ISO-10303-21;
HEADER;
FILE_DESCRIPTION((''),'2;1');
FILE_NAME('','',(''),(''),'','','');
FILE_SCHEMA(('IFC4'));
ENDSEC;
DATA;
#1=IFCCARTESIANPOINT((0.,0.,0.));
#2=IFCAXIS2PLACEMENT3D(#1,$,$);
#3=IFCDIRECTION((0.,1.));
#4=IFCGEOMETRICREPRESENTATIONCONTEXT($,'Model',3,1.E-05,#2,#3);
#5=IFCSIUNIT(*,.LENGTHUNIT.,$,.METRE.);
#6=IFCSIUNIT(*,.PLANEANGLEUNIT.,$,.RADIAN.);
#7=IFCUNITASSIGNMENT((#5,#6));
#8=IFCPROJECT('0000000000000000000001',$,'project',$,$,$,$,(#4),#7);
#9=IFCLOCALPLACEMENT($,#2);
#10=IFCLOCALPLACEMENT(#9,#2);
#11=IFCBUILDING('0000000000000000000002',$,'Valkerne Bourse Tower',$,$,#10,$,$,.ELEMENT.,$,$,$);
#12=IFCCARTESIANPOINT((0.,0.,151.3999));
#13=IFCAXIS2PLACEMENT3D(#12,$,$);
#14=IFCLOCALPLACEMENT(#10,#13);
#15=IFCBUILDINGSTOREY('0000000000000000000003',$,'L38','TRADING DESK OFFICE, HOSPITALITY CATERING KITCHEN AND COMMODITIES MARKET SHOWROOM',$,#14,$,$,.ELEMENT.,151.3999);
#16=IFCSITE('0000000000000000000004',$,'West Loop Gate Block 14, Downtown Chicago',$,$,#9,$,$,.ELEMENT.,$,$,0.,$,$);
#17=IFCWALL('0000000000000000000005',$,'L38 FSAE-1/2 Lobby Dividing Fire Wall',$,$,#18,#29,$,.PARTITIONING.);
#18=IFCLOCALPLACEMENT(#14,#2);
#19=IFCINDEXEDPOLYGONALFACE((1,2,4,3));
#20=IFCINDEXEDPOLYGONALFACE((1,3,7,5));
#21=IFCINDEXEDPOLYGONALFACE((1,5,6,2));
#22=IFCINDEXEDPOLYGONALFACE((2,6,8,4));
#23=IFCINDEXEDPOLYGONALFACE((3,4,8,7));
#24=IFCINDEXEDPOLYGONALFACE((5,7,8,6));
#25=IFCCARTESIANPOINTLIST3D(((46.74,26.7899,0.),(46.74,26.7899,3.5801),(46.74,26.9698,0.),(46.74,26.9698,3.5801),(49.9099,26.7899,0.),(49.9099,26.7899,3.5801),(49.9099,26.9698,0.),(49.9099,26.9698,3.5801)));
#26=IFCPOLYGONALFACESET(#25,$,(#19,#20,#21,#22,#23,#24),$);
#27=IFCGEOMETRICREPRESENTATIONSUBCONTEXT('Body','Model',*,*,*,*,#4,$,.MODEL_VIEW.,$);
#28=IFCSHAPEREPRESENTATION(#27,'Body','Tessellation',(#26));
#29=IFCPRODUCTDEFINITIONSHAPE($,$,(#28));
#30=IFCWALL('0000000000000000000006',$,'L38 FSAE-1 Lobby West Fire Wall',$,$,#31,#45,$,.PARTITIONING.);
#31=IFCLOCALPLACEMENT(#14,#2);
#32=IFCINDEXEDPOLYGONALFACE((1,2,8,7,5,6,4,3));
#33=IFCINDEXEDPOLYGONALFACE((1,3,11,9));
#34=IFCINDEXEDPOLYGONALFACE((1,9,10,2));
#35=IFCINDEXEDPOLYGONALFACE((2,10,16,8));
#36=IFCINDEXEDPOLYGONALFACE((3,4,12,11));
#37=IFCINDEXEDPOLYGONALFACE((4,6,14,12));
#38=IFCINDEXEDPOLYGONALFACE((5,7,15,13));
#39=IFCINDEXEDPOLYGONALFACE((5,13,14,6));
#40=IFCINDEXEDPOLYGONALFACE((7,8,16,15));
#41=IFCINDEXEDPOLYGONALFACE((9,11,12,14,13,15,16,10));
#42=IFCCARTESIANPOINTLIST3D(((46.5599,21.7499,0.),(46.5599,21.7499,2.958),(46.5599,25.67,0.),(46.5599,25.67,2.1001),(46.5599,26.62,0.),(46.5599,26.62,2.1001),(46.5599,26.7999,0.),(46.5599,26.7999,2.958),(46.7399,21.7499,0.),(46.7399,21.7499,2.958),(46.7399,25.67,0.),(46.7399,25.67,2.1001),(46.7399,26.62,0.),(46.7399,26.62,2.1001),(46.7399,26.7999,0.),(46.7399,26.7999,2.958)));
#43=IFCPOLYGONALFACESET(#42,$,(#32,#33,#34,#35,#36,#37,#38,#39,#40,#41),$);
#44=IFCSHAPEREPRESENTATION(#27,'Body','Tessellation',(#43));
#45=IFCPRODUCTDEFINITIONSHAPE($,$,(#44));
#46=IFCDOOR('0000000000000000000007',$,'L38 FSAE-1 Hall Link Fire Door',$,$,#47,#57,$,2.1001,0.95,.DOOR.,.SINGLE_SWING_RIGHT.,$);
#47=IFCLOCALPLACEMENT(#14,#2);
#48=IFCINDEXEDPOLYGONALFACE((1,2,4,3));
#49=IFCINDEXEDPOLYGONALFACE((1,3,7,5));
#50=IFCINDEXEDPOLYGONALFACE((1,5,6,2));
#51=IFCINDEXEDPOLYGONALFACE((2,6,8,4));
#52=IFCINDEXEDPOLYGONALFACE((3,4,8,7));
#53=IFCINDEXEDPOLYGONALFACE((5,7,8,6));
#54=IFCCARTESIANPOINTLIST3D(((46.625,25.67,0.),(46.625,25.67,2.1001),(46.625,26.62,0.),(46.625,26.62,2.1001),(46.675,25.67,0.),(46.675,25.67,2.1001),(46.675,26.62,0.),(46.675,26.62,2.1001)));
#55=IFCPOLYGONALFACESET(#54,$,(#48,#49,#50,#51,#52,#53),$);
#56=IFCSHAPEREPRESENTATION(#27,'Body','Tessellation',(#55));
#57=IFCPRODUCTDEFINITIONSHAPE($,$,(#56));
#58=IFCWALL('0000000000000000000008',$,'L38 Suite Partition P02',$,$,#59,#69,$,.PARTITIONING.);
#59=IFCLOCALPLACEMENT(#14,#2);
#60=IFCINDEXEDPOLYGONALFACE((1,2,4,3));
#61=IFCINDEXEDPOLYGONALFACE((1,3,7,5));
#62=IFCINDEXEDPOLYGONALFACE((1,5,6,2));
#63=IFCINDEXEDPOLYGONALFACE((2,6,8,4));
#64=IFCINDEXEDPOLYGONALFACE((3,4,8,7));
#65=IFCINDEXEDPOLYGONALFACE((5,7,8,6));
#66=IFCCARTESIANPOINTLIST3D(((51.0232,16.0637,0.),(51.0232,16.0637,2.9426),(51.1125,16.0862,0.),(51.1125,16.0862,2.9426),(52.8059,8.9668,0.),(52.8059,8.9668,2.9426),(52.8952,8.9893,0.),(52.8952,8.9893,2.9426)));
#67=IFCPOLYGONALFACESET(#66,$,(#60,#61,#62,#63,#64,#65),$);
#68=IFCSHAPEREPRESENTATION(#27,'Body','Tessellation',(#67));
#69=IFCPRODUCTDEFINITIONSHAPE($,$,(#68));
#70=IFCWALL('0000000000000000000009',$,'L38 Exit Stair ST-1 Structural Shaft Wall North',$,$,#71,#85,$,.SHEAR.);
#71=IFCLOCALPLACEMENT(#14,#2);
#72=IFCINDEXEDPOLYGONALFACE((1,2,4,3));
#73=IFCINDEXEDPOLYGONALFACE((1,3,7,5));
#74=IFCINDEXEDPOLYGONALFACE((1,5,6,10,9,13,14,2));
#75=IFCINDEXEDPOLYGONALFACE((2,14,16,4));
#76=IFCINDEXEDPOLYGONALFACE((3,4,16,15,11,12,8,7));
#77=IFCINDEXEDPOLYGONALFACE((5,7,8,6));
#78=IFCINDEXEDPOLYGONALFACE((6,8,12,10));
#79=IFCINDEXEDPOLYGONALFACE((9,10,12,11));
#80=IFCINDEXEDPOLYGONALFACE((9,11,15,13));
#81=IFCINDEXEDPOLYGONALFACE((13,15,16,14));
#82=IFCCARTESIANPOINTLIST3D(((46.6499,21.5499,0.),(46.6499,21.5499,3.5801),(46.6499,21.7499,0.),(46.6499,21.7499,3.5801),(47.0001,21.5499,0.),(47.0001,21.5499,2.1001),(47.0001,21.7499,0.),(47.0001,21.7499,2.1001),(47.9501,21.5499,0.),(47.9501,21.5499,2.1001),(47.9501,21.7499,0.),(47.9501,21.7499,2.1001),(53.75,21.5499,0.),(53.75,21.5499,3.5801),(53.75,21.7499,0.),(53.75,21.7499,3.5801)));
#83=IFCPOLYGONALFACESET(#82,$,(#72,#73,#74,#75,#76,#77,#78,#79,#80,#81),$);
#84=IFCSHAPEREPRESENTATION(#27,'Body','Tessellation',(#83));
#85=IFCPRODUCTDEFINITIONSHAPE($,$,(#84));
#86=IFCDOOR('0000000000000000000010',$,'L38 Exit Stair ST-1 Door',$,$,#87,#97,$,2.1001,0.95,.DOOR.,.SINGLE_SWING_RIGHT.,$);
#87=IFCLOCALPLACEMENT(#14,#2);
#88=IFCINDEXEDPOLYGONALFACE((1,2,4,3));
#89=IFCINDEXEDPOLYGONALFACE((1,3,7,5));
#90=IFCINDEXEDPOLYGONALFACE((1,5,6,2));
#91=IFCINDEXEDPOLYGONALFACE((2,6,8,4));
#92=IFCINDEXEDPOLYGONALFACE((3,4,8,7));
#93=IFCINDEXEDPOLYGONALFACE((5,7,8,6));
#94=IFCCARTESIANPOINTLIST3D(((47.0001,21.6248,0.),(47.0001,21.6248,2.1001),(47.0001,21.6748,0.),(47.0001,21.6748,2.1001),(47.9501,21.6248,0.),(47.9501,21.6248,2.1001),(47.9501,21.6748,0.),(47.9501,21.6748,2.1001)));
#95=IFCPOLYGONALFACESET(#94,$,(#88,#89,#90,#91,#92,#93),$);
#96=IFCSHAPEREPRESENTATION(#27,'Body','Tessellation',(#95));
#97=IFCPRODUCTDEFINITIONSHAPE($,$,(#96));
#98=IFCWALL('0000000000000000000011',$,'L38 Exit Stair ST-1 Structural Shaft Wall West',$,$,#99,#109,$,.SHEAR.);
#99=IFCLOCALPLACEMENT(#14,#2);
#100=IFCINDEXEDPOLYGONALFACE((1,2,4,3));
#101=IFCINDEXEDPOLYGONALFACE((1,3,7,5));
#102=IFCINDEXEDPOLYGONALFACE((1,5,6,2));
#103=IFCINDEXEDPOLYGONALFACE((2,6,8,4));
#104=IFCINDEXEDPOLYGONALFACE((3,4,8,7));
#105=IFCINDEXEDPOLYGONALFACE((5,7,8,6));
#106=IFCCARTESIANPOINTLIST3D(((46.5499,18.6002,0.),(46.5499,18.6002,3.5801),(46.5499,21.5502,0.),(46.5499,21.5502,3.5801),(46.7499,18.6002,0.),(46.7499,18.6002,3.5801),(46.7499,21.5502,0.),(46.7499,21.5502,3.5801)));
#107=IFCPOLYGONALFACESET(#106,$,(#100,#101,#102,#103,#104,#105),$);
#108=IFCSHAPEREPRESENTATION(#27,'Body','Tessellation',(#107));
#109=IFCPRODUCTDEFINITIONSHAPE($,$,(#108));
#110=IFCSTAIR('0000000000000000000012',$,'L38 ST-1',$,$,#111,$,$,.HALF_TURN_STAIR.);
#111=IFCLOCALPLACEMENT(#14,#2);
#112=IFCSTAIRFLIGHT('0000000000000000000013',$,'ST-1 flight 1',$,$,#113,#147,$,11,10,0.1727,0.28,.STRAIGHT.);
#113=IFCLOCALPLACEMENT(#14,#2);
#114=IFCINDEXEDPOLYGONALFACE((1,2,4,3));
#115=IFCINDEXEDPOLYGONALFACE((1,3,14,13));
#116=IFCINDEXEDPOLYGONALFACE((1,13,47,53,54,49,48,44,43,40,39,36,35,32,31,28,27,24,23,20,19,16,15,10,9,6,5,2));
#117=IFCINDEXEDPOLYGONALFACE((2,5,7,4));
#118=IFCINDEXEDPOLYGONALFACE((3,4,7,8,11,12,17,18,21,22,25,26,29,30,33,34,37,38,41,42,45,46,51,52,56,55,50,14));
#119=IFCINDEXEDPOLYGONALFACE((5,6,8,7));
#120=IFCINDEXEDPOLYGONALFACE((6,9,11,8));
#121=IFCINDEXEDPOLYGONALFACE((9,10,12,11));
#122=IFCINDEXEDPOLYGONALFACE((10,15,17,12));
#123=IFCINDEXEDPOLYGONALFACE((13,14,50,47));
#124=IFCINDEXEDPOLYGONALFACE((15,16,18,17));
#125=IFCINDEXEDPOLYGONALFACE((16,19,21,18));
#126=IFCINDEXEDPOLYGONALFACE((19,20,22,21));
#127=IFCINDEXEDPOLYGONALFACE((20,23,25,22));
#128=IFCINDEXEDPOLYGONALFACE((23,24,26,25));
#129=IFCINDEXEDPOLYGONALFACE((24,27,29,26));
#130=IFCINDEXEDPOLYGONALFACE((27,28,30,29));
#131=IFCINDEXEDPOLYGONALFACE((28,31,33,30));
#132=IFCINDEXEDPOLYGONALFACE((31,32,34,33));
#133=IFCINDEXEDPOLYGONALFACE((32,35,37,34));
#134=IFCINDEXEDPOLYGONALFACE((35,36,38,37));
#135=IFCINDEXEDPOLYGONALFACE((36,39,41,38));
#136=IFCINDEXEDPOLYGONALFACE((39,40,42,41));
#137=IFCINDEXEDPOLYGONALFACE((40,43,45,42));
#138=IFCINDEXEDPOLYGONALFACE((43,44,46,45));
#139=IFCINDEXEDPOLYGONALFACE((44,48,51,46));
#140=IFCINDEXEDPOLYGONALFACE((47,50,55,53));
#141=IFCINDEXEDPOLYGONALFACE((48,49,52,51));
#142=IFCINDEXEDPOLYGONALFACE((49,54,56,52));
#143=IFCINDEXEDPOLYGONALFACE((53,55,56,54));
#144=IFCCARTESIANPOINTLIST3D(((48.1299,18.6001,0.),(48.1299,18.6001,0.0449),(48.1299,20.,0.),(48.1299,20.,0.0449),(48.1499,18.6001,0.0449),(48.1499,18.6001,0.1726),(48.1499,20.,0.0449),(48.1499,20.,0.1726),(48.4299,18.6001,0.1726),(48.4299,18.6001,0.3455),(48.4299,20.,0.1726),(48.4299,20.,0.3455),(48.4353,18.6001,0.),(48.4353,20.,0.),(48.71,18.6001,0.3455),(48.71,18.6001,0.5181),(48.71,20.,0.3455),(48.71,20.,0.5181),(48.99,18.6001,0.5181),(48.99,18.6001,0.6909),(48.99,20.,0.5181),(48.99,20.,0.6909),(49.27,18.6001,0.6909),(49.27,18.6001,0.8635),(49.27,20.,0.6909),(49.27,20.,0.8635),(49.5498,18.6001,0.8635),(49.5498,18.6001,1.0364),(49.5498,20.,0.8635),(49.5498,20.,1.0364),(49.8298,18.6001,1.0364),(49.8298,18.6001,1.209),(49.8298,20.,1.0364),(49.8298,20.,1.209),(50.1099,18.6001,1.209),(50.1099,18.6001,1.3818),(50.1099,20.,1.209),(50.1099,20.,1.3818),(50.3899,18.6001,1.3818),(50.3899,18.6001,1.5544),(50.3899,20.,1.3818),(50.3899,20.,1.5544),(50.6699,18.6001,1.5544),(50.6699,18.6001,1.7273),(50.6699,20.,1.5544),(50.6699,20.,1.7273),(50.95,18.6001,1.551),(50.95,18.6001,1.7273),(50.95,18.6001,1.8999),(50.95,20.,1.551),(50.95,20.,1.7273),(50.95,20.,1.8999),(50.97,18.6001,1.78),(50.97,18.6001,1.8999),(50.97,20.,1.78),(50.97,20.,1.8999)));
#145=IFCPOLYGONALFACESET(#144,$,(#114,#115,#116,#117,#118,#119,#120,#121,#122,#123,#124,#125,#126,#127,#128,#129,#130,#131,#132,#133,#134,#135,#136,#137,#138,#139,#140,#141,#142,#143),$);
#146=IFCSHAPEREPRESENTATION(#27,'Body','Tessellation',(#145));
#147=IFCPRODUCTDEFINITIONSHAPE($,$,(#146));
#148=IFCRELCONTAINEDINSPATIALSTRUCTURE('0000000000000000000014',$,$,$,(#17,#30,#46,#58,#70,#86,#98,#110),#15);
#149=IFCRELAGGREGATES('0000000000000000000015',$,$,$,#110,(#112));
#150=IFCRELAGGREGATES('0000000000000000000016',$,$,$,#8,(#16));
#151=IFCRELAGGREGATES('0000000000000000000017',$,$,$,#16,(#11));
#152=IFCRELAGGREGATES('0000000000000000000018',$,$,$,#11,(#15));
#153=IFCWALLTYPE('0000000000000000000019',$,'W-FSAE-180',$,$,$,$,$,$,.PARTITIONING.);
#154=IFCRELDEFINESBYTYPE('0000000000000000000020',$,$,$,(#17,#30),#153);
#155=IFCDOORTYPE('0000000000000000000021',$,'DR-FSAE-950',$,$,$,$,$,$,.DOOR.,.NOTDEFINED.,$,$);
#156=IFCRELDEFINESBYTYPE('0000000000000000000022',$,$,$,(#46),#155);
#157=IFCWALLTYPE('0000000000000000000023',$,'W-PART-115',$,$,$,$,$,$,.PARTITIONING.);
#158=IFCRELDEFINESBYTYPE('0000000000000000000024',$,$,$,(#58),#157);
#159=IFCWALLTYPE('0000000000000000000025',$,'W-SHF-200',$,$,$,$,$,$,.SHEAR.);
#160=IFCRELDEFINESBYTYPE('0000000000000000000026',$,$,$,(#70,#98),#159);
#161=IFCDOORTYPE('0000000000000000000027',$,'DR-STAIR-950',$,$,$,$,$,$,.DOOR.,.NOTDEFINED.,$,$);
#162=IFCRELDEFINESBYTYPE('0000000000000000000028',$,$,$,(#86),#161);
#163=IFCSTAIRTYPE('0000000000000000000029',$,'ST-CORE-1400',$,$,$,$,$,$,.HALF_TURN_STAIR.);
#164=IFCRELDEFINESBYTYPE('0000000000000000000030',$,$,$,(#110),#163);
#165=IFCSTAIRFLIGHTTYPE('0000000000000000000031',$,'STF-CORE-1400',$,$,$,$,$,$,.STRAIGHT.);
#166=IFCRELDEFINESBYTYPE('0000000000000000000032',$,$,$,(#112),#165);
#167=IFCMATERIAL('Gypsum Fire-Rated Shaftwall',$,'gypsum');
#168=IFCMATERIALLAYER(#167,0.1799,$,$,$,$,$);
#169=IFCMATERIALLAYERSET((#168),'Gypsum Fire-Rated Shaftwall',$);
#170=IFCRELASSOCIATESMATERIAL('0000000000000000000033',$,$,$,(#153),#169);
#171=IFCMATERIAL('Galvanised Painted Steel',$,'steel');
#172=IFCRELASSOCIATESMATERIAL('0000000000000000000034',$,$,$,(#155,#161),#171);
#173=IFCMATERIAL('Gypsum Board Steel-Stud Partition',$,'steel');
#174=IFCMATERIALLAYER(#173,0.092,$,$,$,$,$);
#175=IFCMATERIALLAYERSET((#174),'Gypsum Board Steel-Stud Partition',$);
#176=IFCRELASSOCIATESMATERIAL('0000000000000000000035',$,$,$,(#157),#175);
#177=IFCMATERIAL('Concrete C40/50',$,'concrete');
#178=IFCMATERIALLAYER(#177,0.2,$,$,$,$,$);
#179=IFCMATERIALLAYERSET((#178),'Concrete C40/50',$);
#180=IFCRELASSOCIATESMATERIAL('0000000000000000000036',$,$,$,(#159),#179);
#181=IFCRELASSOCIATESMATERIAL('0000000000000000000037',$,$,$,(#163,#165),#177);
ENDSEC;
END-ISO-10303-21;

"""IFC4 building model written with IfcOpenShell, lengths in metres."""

from ifc_helpers import new_model, si_unit, direction, frame, frame_2d, origin, place, context, subcontext, project, spatial, polyline, rectangle, outline, extrude, material, layer, layer_set, type_object, element, fill, aggregate, save


model = new_model("IFC4")

# Units and contexts
model_context = context("Model", 3, precision=1e-05, world=origin(), true_north=direction((0.0, 1.0)))
body_context = subcontext(model_context, "Body", "Model", "MODEL_VIEW")
ifc_project = project(units=[si_unit("LENGTHUNIT", "METRE"), si_unit("PLANEANGLEUNIT", "RADIAN")], contexts=[model_context])

# Site, building, storey
site_placement = place(None, origin())
site = spatial("IfcSite", under=ifc_project, at=site_placement, Name="West Loop Gate Block 14, Downtown Chicago", CompositionType="ELEMENT", RefElevation=0.0)
building_placement = place(site_placement, origin())
building = spatial("IfcBuilding", under=site, at=building_placement, Name="Valkerne Bourse Tower", CompositionType="ELEMENT")
storey_placement = place(building_placement, frame((0.0, 0.0, 151.3999)))
storey = spatial("IfcBuildingStorey", under=building, at=storey_placement, Name="L38", Description="TRADING DESK OFFICE, HOSPITALITY CATERING KITCHEN AND COMMODITIES MARKET SHOWROOM", CompositionType="ELEMENT", Elevation=151.3999)

# Shared definitions
ifc_material_1 = material(Name="Gypsum Board Steel-Stud Partition", Category="steel")
ifc_material_2 = material(Name="Galvanised Painted Steel", Category="steel")

# Wall
ifc_material_3 = material(Name="Gypsum Fire-Rated Shaftwall", Category="gypsum")
ifc_layer_1 = layer(ifc_material_3, 0.1799)
ifc_layer_set_1 = layer_set([ifc_layer_1], Name="Gypsum Fire-Rated Shaftwall")
wall_type_1 = type_object("IfcWallType", Name="W-FSAE-180", PredefinedType="PARTITIONING", material=ifc_layer_set_1)
wall_1_placement = place(storey_placement, frame((46.74, 26.8799, 0.0), z_axis=(0.0, 0.0, 1.0), x_axis=(1.0, 0.0, 0.0)))
element("IfcWall", 1, at=wall_1_placement, inside=storey, type_object=wall_type_1, Name="L38 FSAE-1/2 Lobby Dividing Fire Wall", PredefinedType="PARTITIONING", context=body_context, shape_type="SweptSolid", body=[
    extrude(rectangle(XDim=3.1699, YDim=0.1799, at=frame_2d((1.585, 0.0))), origin(), (0.0, 0.0, 1.0), 3.5801),
])

# Wall, opening, door
wall_2_placement = place(storey_placement, frame((46.6499, 21.75, 0.0), z_axis=(0.0, 0.0, 1.0), x_axis=(0.0, 1.0, 0.0)))
wall_2 = element("IfcWall", 2, at=wall_2_placement, inside=storey, type_object=wall_type_1, Name="L38 FSAE-1 Lobby West Fire Wall", PredefinedType="PARTITIONING", context=body_context, shape_type="SweptSolid", body=[
    extrude(rectangle(XDim=5.05, YDim=0.1799, at=frame_2d((2.5249, 0.0))), origin(), (0.0, 0.0, 1.0), 2.958),
])
opening_1_placement = place(wall_2_placement, frame((3.9199, 0.0, 0.0)))
opening_1 = element("IfcOpeningElement", 3, at=opening_1_placement, cuts=wall_2, PredefinedType="OPENING", context=body_context, shape_type="SweptSolid", body=[
    extrude(rectangle(XDim=0.95, YDim=2.1001, at=frame_2d((0.4751, 1.05))), frame((0.0, 0.0999, 0.0), z_axis=(0.0, -1.0, 0.0), x_axis=(1.0, 0.0, 0.0)), (0.0, 0.0, 1.0), 0.2),
])
door_type_1 = type_object("IfcDoorType", Name="DR-FSAE-950", OperationType="NOTDEFINED", PredefinedType="DOOR", material=ifc_material_2)
door_1_placement = place(opening_1_placement, origin())
door_1 = element("IfcDoor", 4, at=door_1_placement, inside=storey, type_object=door_type_1, Name="L38 FSAE-1 Hall Link Fire Door", OperationType="SINGLE_SWING_RIGHT", OverallHeight=2.1001, OverallWidth=0.95, PredefinedType="DOOR", context=body_context, shape_type="SweptSolid", body=[
    extrude(rectangle(XDim=0.95, YDim=2.1001, at=frame_2d((0.4751, 1.05))), frame((0.0, 0.0249, 0.0), z_axis=(0.0, -1.0, 0.0), x_axis=(1.0, 0.0, 0.0)), (0.0, 0.0, 1.0), 0.05),
])
fill(opening_1, door_1)

# Wall
ifc_layer_2 = layer(ifc_material_1, 0.092)
ifc_layer_set_2 = layer_set([ifc_layer_2], Name="Gypsum Board Steel-Stud Partition")
wall_type_2 = type_object("IfcWallType", Name="W-PART-115", PredefinedType="PARTITIONING", material=ifc_layer_set_2)
wall_3_placement = place(storey_placement, frame((51.0679, 16.075, 0.0), z_axis=(0.0, 0.0, 1.0), x_axis=(0.243627, -0.969869, 0.0)))
element("IfcWall", 5, at=wall_3_placement, inside=storey, type_object=wall_type_2, Name="L38 Suite Partition P02", PredefinedType="PARTITIONING", context=body_context, shape_type="SweptSolid", body=[
    extrude(rectangle(XDim=7.3174, YDim=0.092, at=frame_2d((3.6587, 0.0))), origin(), (0.0, 0.0, 1.0), 2.9426),
])

# Wall, opening, door
ifc_material_4 = material(Name="Concrete C40/50", Category="concrete")
ifc_layer_3 = layer(ifc_material_4, 0.2)
ifc_layer_set_3 = layer_set([ifc_layer_3], Name="Concrete C40/50")
wall_type_3 = type_object("IfcWallType", Name="W-SHF-200", PredefinedType="SHEAR", material=ifc_layer_set_3)
wall_4_placement = place(storey_placement, frame((46.6499, 21.6499, 0.0), z_axis=(0.0, 0.0, 1.0), x_axis=(1.0, 0.0, 0.0)))
wall_4 = element("IfcWall", 6, at=wall_4_placement, inside=storey, type_object=wall_type_3, Name="L38 Exit Stair ST-1 Structural Shaft Wall North", PredefinedType="SHEAR", context=body_context, shape_type="SweptSolid", body=[
    extrude(rectangle(XDim=7.1001, YDim=0.2, at=frame_2d((3.55, 0.0))), origin(), (0.0, 0.0, 1.0), 3.5801),
])
opening_2_placement = place(wall_4_placement, frame((0.3501, 0.0, 0.0)))
opening_2 = element("IfcOpeningElement", 7, at=opening_2_placement, cuts=wall_4, PredefinedType="OPENING", context=body_context, shape_type="SweptSolid", body=[
    extrude(rectangle(XDim=0.95, YDim=2.1001, at=frame_2d((0.4751, 1.05))), frame((0.0, 0.1099, 0.0), z_axis=(0.0, -1.0, 0.0), x_axis=(1.0, 0.0, 0.0)), (0.0, 0.0, 1.0), 0.22),
])
door_type_2 = type_object("IfcDoorType", Name="DR-STAIR-950", OperationType="NOTDEFINED", PredefinedType="DOOR", material=ifc_material_2)
door_2_placement = place(opening_2_placement, origin())
door_2 = element("IfcDoor", 8, at=door_2_placement, inside=storey, type_object=door_type_2, Name="L38 Exit Stair ST-1 Door", OperationType="SINGLE_SWING_RIGHT", OverallHeight=2.1001, OverallWidth=0.95, PredefinedType="DOOR", context=body_context, shape_type="SweptSolid", body=[
    extrude(rectangle(XDim=0.95, YDim=2.1001, at=frame_2d((0.4751, 1.05))), frame((0.0, 0.0249, 0.0), z_axis=(0.0, -1.0, 0.0), x_axis=(1.0, 0.0, 0.0)), (0.0, 0.0, 1.0), 0.05),
])
fill(opening_2, door_2)

# Wall
wall_5_placement = place(storey_placement, frame((46.6499, 18.6001, 0.0), z_axis=(0.0, 0.0, 1.0), x_axis=(0.0, 1.0, 0.0)))
element("IfcWall", 9, at=wall_5_placement, inside=storey, type_object=wall_type_3, Name="L38 Exit Stair ST-1 Structural Shaft Wall West", PredefinedType="SHEAR", context=body_context, shape_type="SweptSolid", body=[
    extrude(rectangle(XDim=2.95, YDim=0.2, at=frame_2d((1.4751, 0.0))), origin(), (0.0, 0.0, 1.0), 3.5801),
])

# Stair, stair flight
stair_type = type_object("IfcStairType", Name="ST-CORE-1400", PredefinedType="HALF_TURN_STAIR", material=ifc_material_4)
stair_placement = place(storey_placement, origin())
stair = element("IfcStair", 10, at=stair_placement, inside=storey, type_object=stair_type, Name="L38 ST-1", PredefinedType="HALF_TURN_STAIR")
stair_flight_type = type_object("IfcStairFlightType", Name="STF-CORE-1400", PredefinedType="STRAIGHT", material=ifc_material_4)
stair_flight_1_placement = place(storey_placement, frame((48.1499, 19.3, 0.0), z_axis=(0.0, 0.0, 1.0), x_axis=(1.0, 0.0, 0.0)))
stair_flight_1 = element("IfcStairFlight", 11, at=stair_flight_1_placement, type_object=stair_flight_type, Name="ST-1 flight 1", NumberOfRisers=11, NumberOfTreads=10, PredefinedType="STRAIGHT", RiserHeight=0.1727, TreadLength=0.28, context=body_context, shape_type="SweptSolid", body=[
    extrude(outline(polyline([(-0.02, 0.0), (-0.02, 0.0449), (0.0, 0.0449), (0.0, 0.1726), (0.28, 0.1726), (0.28, 0.3455), (0.5601, 0.3455), (0.5601, 0.5181), (0.8401, 0.5181), (0.8401, 0.6909), (1.1201, 0.6909), (1.1201, 0.8635), (1.3999, 0.8635), (1.3999, 1.0364), (1.6799, 1.0364), (1.6799, 1.209), (1.96, 1.209), (1.96, 1.3818), (2.24, 1.3818), (2.24, 1.5544), (2.52, 1.5544), (2.52, 1.7273), (2.8, 1.7273), (2.8, 1.8999), (2.8201, 1.8999), (2.8201, 1.78), (2.8, 1.551), (0.2854, 0.0), (-0.02, 0.0)])), frame((0.0, 0.7, 0.0), z_axis=(0.0, -1.0, 0.0), x_axis=(1.0, 0.0, 0.0)), (0.0, 0.0, 1.0), 1.3999),
])
aggregate(stair, [stair_flight_1])

save(model, "model.ifc")
